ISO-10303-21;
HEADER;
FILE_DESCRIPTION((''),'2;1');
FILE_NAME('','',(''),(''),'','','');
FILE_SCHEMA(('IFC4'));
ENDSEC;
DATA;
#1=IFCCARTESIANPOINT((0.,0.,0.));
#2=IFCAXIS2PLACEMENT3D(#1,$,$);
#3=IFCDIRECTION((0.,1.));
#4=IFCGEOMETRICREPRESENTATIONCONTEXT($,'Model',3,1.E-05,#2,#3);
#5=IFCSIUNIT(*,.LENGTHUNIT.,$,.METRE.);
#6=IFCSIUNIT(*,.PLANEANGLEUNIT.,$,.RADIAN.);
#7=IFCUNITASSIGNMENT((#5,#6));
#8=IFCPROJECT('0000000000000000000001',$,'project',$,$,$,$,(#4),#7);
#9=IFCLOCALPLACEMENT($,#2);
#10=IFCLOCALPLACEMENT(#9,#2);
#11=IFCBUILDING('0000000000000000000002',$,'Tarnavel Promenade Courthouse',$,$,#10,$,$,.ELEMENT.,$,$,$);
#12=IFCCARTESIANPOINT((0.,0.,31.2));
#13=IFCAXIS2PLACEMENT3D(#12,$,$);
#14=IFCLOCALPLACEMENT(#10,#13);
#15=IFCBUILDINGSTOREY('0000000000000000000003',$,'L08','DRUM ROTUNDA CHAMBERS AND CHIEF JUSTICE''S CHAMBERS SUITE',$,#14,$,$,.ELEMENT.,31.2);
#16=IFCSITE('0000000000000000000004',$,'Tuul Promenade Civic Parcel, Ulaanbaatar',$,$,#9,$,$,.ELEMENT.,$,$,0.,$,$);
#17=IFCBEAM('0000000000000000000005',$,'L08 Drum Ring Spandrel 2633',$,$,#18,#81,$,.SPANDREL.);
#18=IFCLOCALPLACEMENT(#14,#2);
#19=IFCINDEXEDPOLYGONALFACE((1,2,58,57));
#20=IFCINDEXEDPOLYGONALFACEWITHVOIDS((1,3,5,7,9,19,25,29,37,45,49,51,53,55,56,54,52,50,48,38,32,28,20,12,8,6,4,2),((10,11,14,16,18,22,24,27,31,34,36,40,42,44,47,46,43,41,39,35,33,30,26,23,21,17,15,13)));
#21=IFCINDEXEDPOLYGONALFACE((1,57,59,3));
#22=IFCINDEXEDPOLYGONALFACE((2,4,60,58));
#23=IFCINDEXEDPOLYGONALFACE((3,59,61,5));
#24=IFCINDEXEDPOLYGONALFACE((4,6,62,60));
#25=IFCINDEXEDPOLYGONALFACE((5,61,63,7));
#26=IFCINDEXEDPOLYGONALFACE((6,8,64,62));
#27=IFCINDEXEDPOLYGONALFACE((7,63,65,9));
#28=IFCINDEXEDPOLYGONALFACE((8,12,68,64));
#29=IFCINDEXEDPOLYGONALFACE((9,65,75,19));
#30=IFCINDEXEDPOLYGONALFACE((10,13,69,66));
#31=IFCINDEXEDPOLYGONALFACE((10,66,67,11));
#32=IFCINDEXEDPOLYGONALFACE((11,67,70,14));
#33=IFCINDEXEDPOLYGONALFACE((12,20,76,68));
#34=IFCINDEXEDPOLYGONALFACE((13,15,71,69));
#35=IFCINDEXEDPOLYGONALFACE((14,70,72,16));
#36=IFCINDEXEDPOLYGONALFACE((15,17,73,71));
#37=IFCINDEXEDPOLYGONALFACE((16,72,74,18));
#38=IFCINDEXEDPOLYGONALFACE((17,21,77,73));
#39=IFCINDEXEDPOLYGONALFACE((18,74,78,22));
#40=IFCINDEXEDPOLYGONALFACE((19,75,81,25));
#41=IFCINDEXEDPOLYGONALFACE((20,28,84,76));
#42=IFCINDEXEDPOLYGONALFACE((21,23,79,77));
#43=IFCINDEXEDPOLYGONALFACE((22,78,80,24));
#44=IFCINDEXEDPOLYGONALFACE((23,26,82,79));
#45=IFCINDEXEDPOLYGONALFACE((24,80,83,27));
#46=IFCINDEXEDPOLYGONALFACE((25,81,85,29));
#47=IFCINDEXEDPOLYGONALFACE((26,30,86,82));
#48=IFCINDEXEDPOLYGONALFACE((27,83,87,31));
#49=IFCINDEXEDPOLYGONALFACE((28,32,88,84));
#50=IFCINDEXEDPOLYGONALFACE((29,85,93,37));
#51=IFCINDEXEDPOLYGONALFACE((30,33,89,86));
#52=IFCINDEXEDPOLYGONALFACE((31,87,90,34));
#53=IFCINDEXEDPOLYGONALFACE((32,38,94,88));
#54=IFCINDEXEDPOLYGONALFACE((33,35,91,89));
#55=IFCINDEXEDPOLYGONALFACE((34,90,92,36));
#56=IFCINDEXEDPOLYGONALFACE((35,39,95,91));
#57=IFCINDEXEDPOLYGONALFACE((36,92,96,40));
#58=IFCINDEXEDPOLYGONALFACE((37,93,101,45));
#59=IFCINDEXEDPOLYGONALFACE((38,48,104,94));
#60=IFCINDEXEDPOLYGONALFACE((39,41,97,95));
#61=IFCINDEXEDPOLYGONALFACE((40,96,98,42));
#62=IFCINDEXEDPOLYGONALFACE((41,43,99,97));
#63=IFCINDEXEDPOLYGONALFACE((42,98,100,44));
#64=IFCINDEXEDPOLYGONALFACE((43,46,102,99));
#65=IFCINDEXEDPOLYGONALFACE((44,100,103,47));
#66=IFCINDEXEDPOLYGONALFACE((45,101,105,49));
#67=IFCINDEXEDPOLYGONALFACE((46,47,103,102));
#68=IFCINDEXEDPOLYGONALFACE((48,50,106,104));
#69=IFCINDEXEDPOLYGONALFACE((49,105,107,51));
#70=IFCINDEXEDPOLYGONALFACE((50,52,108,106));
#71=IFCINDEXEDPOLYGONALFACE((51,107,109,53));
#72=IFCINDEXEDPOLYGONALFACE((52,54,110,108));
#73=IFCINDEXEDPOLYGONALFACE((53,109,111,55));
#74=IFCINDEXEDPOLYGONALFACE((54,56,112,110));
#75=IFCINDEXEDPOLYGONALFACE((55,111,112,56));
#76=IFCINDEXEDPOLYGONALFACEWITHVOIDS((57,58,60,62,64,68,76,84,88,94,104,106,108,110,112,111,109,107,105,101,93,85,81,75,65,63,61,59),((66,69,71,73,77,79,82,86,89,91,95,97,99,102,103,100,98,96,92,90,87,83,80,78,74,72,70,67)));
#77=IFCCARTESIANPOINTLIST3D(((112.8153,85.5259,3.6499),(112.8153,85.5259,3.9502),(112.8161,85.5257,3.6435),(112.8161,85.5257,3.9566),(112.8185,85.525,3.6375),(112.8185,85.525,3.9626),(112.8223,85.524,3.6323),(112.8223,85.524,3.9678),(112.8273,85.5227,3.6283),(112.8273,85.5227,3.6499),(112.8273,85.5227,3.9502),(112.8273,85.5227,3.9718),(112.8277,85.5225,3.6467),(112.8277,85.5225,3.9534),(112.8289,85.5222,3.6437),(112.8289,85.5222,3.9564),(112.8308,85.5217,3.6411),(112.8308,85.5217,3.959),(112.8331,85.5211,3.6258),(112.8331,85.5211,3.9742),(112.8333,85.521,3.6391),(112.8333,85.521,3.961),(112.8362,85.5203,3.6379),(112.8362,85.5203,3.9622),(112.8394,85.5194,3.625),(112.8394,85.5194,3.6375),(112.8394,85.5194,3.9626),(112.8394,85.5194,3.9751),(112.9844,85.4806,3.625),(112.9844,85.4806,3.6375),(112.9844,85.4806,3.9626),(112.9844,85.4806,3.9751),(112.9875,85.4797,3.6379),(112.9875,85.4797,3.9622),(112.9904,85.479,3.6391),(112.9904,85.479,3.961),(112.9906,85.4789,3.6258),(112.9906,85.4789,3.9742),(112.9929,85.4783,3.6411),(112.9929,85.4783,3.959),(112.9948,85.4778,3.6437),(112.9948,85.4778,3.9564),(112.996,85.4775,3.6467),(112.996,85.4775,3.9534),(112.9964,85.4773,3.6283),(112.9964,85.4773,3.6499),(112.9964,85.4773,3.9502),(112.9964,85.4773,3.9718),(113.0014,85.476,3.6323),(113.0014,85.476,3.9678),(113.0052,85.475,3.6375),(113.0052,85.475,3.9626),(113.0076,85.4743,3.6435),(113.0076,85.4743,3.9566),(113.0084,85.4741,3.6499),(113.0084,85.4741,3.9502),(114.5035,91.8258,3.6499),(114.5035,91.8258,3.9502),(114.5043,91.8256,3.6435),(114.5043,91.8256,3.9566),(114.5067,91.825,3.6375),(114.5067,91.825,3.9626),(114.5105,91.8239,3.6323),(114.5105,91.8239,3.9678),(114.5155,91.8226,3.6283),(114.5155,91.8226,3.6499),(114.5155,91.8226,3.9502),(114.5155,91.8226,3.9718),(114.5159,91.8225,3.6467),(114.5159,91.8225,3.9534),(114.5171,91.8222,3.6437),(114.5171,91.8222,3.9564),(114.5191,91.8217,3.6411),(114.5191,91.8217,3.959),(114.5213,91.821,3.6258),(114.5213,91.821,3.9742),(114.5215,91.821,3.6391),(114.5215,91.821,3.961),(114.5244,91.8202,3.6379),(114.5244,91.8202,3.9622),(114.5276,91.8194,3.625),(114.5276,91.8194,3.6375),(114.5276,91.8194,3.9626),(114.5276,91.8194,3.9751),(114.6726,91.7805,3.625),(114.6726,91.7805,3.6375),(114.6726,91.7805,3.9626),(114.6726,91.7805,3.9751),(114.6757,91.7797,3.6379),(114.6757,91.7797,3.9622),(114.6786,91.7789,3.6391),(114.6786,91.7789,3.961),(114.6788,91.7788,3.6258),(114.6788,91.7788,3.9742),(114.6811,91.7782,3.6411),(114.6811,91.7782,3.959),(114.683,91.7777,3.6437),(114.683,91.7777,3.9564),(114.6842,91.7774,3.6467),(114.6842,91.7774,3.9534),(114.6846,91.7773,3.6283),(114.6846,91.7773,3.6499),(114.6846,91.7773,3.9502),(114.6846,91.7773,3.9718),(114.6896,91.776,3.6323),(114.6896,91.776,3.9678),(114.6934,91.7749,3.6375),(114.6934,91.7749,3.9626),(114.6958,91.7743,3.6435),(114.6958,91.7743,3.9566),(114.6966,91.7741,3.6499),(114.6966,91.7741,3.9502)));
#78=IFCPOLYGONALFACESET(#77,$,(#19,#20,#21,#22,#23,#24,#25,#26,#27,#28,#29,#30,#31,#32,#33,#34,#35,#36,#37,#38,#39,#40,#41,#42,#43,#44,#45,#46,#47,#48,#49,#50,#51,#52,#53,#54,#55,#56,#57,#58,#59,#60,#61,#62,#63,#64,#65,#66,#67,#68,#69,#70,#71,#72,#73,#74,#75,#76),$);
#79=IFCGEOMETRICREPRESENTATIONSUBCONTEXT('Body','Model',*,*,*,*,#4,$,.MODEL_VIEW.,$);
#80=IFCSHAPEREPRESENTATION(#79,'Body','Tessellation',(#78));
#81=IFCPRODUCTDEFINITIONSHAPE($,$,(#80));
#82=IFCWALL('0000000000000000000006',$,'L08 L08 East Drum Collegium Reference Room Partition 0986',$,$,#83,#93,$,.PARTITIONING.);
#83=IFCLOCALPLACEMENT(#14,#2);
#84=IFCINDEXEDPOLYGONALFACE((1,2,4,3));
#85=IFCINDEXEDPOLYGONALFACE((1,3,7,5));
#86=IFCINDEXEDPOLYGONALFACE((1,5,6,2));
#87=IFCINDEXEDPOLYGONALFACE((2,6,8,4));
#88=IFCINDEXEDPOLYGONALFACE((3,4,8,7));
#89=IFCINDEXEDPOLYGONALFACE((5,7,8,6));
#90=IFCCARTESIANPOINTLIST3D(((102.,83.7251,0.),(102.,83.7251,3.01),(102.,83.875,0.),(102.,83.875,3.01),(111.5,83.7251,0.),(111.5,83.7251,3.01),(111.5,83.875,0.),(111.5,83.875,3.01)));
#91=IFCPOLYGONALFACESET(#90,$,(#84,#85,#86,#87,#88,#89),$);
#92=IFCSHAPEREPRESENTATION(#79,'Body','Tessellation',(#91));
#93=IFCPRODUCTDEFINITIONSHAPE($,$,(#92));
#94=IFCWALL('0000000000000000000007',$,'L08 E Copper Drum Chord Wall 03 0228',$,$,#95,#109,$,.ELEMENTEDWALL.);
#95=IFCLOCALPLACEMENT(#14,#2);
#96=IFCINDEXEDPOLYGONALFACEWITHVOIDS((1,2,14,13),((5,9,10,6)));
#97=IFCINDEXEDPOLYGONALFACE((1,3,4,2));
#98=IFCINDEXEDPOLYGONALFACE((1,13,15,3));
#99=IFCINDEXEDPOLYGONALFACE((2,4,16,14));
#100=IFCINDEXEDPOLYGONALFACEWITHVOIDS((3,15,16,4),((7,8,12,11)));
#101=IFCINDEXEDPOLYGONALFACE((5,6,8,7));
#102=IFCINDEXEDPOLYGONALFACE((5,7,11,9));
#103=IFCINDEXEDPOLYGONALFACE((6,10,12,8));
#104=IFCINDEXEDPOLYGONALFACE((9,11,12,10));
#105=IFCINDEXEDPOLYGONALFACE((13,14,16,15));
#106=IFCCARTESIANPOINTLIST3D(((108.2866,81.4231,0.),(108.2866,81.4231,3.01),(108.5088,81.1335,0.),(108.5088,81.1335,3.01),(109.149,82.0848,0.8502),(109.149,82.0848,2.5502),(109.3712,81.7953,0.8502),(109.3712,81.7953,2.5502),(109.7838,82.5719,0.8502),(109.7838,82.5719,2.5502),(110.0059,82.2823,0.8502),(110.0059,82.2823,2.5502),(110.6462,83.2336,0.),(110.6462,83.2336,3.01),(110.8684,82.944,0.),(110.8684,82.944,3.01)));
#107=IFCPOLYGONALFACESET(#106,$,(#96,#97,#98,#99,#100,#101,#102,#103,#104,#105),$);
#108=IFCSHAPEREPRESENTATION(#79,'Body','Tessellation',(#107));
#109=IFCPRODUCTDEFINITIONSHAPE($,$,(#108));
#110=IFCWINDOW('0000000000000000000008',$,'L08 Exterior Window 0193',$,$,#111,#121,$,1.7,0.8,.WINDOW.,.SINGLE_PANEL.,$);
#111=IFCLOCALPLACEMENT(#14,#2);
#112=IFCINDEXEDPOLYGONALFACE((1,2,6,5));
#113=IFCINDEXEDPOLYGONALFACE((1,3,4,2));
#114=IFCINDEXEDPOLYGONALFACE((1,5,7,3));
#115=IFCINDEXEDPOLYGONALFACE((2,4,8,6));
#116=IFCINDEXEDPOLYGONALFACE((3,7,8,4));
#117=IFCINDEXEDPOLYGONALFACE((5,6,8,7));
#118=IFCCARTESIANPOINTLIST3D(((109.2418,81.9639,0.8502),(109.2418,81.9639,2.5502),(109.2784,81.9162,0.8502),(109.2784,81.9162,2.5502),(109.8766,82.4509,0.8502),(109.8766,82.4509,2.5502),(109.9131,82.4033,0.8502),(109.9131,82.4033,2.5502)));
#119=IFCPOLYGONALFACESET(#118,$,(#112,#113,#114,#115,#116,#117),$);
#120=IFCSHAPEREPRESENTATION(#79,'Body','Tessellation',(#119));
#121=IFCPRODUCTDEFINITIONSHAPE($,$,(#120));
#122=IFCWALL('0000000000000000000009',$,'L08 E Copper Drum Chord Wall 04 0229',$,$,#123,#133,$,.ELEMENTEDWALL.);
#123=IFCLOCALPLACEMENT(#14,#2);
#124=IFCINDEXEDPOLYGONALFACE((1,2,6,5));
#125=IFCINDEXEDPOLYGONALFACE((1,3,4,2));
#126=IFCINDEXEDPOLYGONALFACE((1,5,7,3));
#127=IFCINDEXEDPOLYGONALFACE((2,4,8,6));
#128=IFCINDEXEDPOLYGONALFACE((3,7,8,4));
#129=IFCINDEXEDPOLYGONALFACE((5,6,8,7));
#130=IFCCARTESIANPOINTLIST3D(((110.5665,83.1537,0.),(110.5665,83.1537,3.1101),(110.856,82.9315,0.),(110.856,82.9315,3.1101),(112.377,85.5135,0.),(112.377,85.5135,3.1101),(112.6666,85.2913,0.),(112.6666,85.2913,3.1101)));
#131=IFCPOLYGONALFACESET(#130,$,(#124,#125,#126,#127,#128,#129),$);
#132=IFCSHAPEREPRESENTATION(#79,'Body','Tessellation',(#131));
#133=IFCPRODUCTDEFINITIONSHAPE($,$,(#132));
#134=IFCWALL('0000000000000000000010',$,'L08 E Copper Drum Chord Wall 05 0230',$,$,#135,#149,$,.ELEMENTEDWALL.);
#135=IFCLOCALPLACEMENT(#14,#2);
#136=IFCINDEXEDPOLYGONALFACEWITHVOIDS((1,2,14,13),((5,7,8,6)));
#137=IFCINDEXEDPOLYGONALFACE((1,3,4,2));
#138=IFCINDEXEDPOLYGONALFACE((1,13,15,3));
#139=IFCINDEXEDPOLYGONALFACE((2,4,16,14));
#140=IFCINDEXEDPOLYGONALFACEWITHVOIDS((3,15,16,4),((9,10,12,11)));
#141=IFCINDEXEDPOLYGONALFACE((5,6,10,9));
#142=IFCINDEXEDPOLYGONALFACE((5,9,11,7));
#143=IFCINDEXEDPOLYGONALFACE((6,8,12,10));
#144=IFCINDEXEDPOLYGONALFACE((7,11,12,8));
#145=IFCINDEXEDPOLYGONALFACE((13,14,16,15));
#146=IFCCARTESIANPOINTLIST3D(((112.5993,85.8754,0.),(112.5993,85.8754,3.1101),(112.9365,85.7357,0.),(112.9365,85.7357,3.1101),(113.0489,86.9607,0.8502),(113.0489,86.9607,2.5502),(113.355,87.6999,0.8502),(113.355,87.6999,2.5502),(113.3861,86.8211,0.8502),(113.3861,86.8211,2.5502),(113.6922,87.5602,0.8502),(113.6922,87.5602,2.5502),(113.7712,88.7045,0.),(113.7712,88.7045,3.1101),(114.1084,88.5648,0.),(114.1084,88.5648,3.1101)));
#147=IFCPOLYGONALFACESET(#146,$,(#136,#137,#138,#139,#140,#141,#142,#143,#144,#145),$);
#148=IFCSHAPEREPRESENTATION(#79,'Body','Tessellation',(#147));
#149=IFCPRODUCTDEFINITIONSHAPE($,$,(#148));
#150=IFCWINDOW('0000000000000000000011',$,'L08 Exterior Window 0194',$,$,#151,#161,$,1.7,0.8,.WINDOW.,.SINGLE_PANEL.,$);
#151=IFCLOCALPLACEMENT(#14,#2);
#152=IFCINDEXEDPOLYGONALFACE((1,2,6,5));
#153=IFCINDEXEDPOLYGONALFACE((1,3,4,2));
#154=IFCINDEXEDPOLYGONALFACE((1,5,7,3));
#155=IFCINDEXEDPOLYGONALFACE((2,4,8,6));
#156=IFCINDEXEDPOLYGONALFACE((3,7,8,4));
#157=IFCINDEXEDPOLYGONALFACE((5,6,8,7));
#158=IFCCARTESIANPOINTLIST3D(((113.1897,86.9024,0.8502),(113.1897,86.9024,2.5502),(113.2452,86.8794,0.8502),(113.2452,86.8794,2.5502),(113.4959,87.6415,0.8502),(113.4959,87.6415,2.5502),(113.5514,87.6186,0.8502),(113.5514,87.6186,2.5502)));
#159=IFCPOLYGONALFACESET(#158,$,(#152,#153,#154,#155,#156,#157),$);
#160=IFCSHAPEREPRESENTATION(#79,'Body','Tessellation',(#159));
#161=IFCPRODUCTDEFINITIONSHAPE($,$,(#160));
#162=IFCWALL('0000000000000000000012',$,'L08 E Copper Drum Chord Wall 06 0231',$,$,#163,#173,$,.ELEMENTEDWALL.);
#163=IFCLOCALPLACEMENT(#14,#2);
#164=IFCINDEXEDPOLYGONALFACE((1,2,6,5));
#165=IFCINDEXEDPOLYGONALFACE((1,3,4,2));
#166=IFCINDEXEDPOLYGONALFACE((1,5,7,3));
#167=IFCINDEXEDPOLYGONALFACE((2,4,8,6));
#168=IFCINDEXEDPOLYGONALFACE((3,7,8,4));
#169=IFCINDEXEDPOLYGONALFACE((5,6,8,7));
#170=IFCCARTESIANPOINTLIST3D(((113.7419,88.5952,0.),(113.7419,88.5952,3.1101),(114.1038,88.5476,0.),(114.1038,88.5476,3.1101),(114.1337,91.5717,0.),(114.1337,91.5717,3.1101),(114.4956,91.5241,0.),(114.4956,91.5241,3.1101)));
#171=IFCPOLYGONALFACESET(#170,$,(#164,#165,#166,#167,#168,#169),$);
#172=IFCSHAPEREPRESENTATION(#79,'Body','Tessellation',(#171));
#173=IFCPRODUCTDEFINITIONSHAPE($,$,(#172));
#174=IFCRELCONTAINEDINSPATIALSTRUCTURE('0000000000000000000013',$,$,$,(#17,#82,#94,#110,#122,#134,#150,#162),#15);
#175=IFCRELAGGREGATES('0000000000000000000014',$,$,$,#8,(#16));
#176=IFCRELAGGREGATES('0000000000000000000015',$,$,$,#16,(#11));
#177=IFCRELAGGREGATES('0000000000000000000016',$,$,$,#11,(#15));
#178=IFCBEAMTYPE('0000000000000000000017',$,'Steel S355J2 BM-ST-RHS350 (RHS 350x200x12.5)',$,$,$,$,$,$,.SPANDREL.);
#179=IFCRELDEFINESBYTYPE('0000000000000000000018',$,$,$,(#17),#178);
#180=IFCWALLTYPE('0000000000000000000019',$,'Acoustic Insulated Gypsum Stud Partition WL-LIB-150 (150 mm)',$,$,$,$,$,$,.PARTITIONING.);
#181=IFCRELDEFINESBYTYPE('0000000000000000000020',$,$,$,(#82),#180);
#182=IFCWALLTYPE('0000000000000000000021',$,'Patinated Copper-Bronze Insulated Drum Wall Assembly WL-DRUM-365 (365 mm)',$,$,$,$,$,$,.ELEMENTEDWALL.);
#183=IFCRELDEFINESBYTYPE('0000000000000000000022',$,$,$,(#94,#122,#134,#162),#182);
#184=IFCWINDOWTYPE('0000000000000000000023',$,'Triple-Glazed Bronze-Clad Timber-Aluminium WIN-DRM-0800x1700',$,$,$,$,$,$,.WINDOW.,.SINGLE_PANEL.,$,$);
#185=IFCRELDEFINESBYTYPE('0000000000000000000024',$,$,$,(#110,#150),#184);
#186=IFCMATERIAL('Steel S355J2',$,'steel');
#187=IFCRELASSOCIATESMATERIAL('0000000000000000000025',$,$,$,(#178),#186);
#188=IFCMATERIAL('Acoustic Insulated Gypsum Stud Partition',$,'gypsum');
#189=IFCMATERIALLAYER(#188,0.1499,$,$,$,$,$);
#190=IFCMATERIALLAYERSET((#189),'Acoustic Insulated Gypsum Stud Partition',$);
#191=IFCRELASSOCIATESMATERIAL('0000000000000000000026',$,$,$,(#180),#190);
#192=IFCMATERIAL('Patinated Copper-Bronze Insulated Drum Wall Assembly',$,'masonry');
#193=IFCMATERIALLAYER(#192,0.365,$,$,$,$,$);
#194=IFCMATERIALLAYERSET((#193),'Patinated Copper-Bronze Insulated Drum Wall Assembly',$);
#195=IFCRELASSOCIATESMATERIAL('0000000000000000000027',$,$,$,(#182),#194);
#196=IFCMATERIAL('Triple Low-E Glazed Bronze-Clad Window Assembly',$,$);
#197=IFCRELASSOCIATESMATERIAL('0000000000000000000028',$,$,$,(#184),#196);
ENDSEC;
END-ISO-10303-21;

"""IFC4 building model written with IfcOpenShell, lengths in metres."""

from ifc_helpers import new_model, si_unit, direction, frame, frame_2d, origin, origin_2d, place, context, subcontext, project, spatial, rectangle, hollow_rectangle, extrude, material, layer, layer_set, material_profile, profile_set, type_object, element, fill, save


model = new_model("IFC4")

# Units and contexts
model_context = context("Model", 3, precision=1e-05, world=origin(), true_north=direction((0.0, 1.0)))
body_context = subcontext(model_context, "Body", "Model", "MODEL_VIEW")
ifc_project = project(units=[si_unit("LENGTHUNIT", "METRE"), si_unit("PLANEANGLEUNIT", "RADIAN")], contexts=[model_context])

# Site, building, storey
site_placement = place(None, origin())
site = spatial("IfcSite", under=ifc_project, at=site_placement, Name="Tuul Promenade Civic Parcel, Ulaanbaatar", CompositionType="ELEMENT", RefElevation=0.0)
building_placement = place(site_placement, origin())
building = spatial("IfcBuilding", under=site, at=building_placement, Name="Tarnavel Promenade Courthouse", CompositionType="ELEMENT")
storey_placement = place(building_placement, frame((0.0, 0.0, 31.2)))
storey = spatial("IfcBuildingStorey", under=building, at=storey_placement, Name="L08", Description="DRUM ROTUNDA CHAMBERS AND CHIEF JUSTICE'S CHAMBERS SUITE", CompositionType="ELEMENT", Elevation=31.2)

# Beam
ifc_material_1 = material(Name="Steel S355J2", Category="steel")
ifc_material_profile_1 = material_profile(ifc_material_1, hollow_rectangle(XDim=0.2, YDim=0.3501, WallThickness=0.0125, InnerFilletRadius=0.0125, OuterFilletRadius=0.0249, at=origin_2d()), Name="RHS 350x200x12.5")
ifc_profile_set_1 = profile_set([ifc_material_profile_1], Name="Steel S355J2")
beam_type_1 = type_object("IfcBeamType", Name="Steel S355J2 BM-ST-RHS350 (RHS 350x200x12.5)", PredefinedType="SPANDREL", material=ifc_profile_set_1)
beam_1_placement = place(storey_placement, frame((112.9119, 85.5, 3.8), z_axis=(0.258839, 0.96592, 0.0), x_axis=(-0.96592, 0.258839, 0.0)))
element("IfcBeam", 1, at=beam_1_placement, inside=storey, type_object=beam_type_1, Name="L08 Drum Ring Spandrel 2633", PredefinedType="SPANDREL", context=body_context, shape_type="SweptSolid", body=[
    extrude(hollow_rectangle(XDim=0.2, YDim=0.3501, WallThickness=0.0125, InnerFilletRadius=0.0125, OuterFilletRadius=0.0249, at=origin_2d()), origin(), (0.0, 0.0, 1.0), 6.5222),
])

# Wall
ifc_material_2 = material(Name="Acoustic Insulated Gypsum Stud Partition", Category="gypsum")
ifc_layer_1 = layer(ifc_material_2, 0.1499)
ifc_layer_set_1 = layer_set([ifc_layer_1], Name="Acoustic Insulated Gypsum Stud Partition")
wall_type_1 = type_object("IfcWallType", Name="Acoustic Insulated Gypsum Stud Partition WL-LIB-150 (150 mm)", PredefinedType="PARTITIONING", material=ifc_layer_set_1)
wall_1_placement = place(storey_placement, frame((111.5, 83.8, 0.0), z_axis=(0.0, 0.0, 1.0), x_axis=(-1.0, 0.0, 0.0)))
element("IfcWall", 2, at=wall_1_placement, inside=storey, type_object=wall_type_1, Name="L08 L08 East Drum Collegium Reference Room Partition 0986", PredefinedType="PARTITIONING", context=body_context, shape_type="SweptSolid", body=[
    extrude(rectangle(XDim=9.5, YDim=0.1499, at=frame_2d((4.75, 0.0))), origin(), (0.0, 0.0, 1.0), 3.01),
])

# Wall, opening, window
ifc_material_3 = material(Name="Patinated Copper-Bronze Insulated Drum Wall Assembly", Category="masonry")
ifc_layer_2 = layer(ifc_material_3, 0.365)
ifc_layer_set_2 = layer_set([ifc_layer_2], Name="Patinated Copper-Bronze Insulated Drum Wall Assembly")
wall_type_2 = type_object("IfcWallType", Name="Patinated Copper-Bronze Insulated Drum Wall Assembly WL-DRUM-365 (365 mm)", PredefinedType="ELEMENTEDWALL", material=ifc_layer_set_2)
wall_2_placement = place(storey_placement, frame((108.3977, 81.2783, 0.0), z_axis=(0.0, 0.0, 1.0), x_axis=(0.793362, 0.60875, 0.0)))
wall_2 = element("IfcWall", 3, at=wall_2_placement, inside=storey, type_object=wall_type_2, Name="L08 E Copper Drum Chord Wall 03 0228", PredefinedType="ELEMENTEDWALL", context=body_context, shape_type="SweptSolid", body=[
    extrude(rectangle(XDim=2.9741, YDim=0.365, at=frame_2d((1.4871, 0.0))), origin(), (0.0, 0.0, 1.0), 3.01),
])
opening_1_placement = place(wall_2_placement, frame((1.0872, 0.0, 0.8501)))
opening_1 = element("IfcOpeningElement", 4, at=opening_1_placement, cuts=wall_2, PredefinedType="OPENING", context=body_context, shape_type="SweptSolid", body=[
    extrude(rectangle(XDim=0.8, YDim=1.7, at=frame_2d((0.3999, 0.8501))), frame((0.0, 0.1924, 0.0), z_axis=(0.0, -1.0, 0.0), x_axis=(1.0, 0.0, 0.0)), (0.0, 0.0, 1.0), 0.385),
])
ifc_material_4 = material(Name="Triple Low-E Glazed Bronze-Clad Window Assembly")
window_type = type_object("IfcWindowType", Name="Triple-Glazed Bronze-Clad Timber-Aluminium WIN-DRM-0800x1700", PartitioningType="SINGLE_PANEL", PredefinedType="WINDOW", material=ifc_material_4)
window_1_placement = place(opening_1_placement, origin())
window_1 = element("IfcWindow", 5, at=window_1_placement, inside=storey, type_object=window_type, Name="L08 Exterior Window 0193", OverallHeight=1.7, OverallWidth=0.8, PartitioningType="SINGLE_PANEL", PredefinedType="WINDOW", context=body_context, shape_type="SweptSolid", body=[
    extrude(rectangle(XDim=0.8, YDim=1.7, at=frame_2d((0.3999, 0.8501))), frame((0.0, 0.03, 0.0), z_axis=(0.0, -1.0, 0.0), x_axis=(1.0, 0.0, 0.0)), (0.0, 0.0, 1.0), 0.0601),
])
fill(opening_1, window_1)

# Wall
wall_3_placement = place(storey_placement, frame((110.7112, 83.0425, 0.0), z_axis=(0.0, 0.0, 1.0), x_axis=(0.608711, 0.793392, 0.0)))
element("IfcWall", 6, at=wall_3_placement, inside=storey, type_object=wall_type_2, Name="L08 E Copper Drum Chord Wall 04 0229", PredefinedType="ELEMENTEDWALL", context=body_context, shape_type="SweptSolid", body=[
    extrude(rectangle(XDim=2.9744, YDim=0.365, at=frame_2d((1.4873, 0.0))), origin(), (0.0, 0.0, 1.0), 3.1101),
])

# Wall, opening, window
wall_4_placement = place(storey_placement, frame((112.7678, 85.8054, 0.0), z_axis=(0.0, 0.0, 1.0), x_axis=(0.38269, 0.923877, 0.0)))
wall_4 = element("IfcWall", 7, at=wall_4_placement, inside=storey, type_object=wall_type_2, Name="L08 E Copper Drum Chord Wall 05 0230", PredefinedType="ELEMENTEDWALL", context=body_context, shape_type="SweptSolid", body=[
    extrude(rectangle(XDim=3.0623, YDim=0.365, at=frame_2d((1.5312, 0.0))), origin(), (0.0, 0.0, 1.0), 3.1101),
])
opening_2_placement = place(wall_4_placement, frame((1.175, 0.0, 0.8501)))
opening_2 = element("IfcOpeningElement", 8, at=opening_2_placement, cuts=wall_4, PredefinedType="OPENING", context=body_context, shape_type="SweptSolid", body=[
    extrude(rectangle(XDim=0.8, YDim=1.7, at=frame_2d((0.3999, 0.8501))), frame((0.0, 0.1924, 0.0), z_axis=(0.0, -1.0, 0.0), x_axis=(1.0, 0.0, 0.0)), (0.0, 0.0, 1.0), 0.385),
])
window_2_placement = place(opening_2_placement, origin())
window_2 = element("IfcWindow", 9, at=window_2_placement, inside=storey, type_object=window_type, Name="L08 Exterior Window 0194", OverallHeight=1.7, OverallWidth=0.8, PartitioningType="SINGLE_PANEL", PredefinedType="WINDOW", context=body_context, shape_type="SweptSolid", body=[
    extrude(rectangle(XDim=0.8, YDim=1.7, at=frame_2d((0.3999, 0.8501))), frame((0.0, 0.03, 0.0), z_axis=(0.0, -1.0, 0.0), x_axis=(1.0, 0.0, 0.0)), (0.0, 0.0, 1.0), 0.0601),
])
fill(opening_2, window_2)

# Wall
wall_5_placement = place(storey_placement, frame((113.9229, 88.5715, 0.0), z_axis=(0.0, 0.0, 1.0), x_axis=(0.130518, 0.991446, 0.0)))
element("IfcWall", 10, at=wall_5_placement, inside=storey, type_object=wall_type_2, Name="L08 E Copper Drum Chord Wall 06 0231", PredefinedType="ELEMENTEDWALL", context=body_context, shape_type="SweptSolid", body=[
    extrude(rectangle(XDim=3.0022, YDim=0.365, at=frame_2d((1.501, 0.0))), origin(), (0.0, 0.0, 1.0), 3.1101),
])

save(model, "model.ifc")
